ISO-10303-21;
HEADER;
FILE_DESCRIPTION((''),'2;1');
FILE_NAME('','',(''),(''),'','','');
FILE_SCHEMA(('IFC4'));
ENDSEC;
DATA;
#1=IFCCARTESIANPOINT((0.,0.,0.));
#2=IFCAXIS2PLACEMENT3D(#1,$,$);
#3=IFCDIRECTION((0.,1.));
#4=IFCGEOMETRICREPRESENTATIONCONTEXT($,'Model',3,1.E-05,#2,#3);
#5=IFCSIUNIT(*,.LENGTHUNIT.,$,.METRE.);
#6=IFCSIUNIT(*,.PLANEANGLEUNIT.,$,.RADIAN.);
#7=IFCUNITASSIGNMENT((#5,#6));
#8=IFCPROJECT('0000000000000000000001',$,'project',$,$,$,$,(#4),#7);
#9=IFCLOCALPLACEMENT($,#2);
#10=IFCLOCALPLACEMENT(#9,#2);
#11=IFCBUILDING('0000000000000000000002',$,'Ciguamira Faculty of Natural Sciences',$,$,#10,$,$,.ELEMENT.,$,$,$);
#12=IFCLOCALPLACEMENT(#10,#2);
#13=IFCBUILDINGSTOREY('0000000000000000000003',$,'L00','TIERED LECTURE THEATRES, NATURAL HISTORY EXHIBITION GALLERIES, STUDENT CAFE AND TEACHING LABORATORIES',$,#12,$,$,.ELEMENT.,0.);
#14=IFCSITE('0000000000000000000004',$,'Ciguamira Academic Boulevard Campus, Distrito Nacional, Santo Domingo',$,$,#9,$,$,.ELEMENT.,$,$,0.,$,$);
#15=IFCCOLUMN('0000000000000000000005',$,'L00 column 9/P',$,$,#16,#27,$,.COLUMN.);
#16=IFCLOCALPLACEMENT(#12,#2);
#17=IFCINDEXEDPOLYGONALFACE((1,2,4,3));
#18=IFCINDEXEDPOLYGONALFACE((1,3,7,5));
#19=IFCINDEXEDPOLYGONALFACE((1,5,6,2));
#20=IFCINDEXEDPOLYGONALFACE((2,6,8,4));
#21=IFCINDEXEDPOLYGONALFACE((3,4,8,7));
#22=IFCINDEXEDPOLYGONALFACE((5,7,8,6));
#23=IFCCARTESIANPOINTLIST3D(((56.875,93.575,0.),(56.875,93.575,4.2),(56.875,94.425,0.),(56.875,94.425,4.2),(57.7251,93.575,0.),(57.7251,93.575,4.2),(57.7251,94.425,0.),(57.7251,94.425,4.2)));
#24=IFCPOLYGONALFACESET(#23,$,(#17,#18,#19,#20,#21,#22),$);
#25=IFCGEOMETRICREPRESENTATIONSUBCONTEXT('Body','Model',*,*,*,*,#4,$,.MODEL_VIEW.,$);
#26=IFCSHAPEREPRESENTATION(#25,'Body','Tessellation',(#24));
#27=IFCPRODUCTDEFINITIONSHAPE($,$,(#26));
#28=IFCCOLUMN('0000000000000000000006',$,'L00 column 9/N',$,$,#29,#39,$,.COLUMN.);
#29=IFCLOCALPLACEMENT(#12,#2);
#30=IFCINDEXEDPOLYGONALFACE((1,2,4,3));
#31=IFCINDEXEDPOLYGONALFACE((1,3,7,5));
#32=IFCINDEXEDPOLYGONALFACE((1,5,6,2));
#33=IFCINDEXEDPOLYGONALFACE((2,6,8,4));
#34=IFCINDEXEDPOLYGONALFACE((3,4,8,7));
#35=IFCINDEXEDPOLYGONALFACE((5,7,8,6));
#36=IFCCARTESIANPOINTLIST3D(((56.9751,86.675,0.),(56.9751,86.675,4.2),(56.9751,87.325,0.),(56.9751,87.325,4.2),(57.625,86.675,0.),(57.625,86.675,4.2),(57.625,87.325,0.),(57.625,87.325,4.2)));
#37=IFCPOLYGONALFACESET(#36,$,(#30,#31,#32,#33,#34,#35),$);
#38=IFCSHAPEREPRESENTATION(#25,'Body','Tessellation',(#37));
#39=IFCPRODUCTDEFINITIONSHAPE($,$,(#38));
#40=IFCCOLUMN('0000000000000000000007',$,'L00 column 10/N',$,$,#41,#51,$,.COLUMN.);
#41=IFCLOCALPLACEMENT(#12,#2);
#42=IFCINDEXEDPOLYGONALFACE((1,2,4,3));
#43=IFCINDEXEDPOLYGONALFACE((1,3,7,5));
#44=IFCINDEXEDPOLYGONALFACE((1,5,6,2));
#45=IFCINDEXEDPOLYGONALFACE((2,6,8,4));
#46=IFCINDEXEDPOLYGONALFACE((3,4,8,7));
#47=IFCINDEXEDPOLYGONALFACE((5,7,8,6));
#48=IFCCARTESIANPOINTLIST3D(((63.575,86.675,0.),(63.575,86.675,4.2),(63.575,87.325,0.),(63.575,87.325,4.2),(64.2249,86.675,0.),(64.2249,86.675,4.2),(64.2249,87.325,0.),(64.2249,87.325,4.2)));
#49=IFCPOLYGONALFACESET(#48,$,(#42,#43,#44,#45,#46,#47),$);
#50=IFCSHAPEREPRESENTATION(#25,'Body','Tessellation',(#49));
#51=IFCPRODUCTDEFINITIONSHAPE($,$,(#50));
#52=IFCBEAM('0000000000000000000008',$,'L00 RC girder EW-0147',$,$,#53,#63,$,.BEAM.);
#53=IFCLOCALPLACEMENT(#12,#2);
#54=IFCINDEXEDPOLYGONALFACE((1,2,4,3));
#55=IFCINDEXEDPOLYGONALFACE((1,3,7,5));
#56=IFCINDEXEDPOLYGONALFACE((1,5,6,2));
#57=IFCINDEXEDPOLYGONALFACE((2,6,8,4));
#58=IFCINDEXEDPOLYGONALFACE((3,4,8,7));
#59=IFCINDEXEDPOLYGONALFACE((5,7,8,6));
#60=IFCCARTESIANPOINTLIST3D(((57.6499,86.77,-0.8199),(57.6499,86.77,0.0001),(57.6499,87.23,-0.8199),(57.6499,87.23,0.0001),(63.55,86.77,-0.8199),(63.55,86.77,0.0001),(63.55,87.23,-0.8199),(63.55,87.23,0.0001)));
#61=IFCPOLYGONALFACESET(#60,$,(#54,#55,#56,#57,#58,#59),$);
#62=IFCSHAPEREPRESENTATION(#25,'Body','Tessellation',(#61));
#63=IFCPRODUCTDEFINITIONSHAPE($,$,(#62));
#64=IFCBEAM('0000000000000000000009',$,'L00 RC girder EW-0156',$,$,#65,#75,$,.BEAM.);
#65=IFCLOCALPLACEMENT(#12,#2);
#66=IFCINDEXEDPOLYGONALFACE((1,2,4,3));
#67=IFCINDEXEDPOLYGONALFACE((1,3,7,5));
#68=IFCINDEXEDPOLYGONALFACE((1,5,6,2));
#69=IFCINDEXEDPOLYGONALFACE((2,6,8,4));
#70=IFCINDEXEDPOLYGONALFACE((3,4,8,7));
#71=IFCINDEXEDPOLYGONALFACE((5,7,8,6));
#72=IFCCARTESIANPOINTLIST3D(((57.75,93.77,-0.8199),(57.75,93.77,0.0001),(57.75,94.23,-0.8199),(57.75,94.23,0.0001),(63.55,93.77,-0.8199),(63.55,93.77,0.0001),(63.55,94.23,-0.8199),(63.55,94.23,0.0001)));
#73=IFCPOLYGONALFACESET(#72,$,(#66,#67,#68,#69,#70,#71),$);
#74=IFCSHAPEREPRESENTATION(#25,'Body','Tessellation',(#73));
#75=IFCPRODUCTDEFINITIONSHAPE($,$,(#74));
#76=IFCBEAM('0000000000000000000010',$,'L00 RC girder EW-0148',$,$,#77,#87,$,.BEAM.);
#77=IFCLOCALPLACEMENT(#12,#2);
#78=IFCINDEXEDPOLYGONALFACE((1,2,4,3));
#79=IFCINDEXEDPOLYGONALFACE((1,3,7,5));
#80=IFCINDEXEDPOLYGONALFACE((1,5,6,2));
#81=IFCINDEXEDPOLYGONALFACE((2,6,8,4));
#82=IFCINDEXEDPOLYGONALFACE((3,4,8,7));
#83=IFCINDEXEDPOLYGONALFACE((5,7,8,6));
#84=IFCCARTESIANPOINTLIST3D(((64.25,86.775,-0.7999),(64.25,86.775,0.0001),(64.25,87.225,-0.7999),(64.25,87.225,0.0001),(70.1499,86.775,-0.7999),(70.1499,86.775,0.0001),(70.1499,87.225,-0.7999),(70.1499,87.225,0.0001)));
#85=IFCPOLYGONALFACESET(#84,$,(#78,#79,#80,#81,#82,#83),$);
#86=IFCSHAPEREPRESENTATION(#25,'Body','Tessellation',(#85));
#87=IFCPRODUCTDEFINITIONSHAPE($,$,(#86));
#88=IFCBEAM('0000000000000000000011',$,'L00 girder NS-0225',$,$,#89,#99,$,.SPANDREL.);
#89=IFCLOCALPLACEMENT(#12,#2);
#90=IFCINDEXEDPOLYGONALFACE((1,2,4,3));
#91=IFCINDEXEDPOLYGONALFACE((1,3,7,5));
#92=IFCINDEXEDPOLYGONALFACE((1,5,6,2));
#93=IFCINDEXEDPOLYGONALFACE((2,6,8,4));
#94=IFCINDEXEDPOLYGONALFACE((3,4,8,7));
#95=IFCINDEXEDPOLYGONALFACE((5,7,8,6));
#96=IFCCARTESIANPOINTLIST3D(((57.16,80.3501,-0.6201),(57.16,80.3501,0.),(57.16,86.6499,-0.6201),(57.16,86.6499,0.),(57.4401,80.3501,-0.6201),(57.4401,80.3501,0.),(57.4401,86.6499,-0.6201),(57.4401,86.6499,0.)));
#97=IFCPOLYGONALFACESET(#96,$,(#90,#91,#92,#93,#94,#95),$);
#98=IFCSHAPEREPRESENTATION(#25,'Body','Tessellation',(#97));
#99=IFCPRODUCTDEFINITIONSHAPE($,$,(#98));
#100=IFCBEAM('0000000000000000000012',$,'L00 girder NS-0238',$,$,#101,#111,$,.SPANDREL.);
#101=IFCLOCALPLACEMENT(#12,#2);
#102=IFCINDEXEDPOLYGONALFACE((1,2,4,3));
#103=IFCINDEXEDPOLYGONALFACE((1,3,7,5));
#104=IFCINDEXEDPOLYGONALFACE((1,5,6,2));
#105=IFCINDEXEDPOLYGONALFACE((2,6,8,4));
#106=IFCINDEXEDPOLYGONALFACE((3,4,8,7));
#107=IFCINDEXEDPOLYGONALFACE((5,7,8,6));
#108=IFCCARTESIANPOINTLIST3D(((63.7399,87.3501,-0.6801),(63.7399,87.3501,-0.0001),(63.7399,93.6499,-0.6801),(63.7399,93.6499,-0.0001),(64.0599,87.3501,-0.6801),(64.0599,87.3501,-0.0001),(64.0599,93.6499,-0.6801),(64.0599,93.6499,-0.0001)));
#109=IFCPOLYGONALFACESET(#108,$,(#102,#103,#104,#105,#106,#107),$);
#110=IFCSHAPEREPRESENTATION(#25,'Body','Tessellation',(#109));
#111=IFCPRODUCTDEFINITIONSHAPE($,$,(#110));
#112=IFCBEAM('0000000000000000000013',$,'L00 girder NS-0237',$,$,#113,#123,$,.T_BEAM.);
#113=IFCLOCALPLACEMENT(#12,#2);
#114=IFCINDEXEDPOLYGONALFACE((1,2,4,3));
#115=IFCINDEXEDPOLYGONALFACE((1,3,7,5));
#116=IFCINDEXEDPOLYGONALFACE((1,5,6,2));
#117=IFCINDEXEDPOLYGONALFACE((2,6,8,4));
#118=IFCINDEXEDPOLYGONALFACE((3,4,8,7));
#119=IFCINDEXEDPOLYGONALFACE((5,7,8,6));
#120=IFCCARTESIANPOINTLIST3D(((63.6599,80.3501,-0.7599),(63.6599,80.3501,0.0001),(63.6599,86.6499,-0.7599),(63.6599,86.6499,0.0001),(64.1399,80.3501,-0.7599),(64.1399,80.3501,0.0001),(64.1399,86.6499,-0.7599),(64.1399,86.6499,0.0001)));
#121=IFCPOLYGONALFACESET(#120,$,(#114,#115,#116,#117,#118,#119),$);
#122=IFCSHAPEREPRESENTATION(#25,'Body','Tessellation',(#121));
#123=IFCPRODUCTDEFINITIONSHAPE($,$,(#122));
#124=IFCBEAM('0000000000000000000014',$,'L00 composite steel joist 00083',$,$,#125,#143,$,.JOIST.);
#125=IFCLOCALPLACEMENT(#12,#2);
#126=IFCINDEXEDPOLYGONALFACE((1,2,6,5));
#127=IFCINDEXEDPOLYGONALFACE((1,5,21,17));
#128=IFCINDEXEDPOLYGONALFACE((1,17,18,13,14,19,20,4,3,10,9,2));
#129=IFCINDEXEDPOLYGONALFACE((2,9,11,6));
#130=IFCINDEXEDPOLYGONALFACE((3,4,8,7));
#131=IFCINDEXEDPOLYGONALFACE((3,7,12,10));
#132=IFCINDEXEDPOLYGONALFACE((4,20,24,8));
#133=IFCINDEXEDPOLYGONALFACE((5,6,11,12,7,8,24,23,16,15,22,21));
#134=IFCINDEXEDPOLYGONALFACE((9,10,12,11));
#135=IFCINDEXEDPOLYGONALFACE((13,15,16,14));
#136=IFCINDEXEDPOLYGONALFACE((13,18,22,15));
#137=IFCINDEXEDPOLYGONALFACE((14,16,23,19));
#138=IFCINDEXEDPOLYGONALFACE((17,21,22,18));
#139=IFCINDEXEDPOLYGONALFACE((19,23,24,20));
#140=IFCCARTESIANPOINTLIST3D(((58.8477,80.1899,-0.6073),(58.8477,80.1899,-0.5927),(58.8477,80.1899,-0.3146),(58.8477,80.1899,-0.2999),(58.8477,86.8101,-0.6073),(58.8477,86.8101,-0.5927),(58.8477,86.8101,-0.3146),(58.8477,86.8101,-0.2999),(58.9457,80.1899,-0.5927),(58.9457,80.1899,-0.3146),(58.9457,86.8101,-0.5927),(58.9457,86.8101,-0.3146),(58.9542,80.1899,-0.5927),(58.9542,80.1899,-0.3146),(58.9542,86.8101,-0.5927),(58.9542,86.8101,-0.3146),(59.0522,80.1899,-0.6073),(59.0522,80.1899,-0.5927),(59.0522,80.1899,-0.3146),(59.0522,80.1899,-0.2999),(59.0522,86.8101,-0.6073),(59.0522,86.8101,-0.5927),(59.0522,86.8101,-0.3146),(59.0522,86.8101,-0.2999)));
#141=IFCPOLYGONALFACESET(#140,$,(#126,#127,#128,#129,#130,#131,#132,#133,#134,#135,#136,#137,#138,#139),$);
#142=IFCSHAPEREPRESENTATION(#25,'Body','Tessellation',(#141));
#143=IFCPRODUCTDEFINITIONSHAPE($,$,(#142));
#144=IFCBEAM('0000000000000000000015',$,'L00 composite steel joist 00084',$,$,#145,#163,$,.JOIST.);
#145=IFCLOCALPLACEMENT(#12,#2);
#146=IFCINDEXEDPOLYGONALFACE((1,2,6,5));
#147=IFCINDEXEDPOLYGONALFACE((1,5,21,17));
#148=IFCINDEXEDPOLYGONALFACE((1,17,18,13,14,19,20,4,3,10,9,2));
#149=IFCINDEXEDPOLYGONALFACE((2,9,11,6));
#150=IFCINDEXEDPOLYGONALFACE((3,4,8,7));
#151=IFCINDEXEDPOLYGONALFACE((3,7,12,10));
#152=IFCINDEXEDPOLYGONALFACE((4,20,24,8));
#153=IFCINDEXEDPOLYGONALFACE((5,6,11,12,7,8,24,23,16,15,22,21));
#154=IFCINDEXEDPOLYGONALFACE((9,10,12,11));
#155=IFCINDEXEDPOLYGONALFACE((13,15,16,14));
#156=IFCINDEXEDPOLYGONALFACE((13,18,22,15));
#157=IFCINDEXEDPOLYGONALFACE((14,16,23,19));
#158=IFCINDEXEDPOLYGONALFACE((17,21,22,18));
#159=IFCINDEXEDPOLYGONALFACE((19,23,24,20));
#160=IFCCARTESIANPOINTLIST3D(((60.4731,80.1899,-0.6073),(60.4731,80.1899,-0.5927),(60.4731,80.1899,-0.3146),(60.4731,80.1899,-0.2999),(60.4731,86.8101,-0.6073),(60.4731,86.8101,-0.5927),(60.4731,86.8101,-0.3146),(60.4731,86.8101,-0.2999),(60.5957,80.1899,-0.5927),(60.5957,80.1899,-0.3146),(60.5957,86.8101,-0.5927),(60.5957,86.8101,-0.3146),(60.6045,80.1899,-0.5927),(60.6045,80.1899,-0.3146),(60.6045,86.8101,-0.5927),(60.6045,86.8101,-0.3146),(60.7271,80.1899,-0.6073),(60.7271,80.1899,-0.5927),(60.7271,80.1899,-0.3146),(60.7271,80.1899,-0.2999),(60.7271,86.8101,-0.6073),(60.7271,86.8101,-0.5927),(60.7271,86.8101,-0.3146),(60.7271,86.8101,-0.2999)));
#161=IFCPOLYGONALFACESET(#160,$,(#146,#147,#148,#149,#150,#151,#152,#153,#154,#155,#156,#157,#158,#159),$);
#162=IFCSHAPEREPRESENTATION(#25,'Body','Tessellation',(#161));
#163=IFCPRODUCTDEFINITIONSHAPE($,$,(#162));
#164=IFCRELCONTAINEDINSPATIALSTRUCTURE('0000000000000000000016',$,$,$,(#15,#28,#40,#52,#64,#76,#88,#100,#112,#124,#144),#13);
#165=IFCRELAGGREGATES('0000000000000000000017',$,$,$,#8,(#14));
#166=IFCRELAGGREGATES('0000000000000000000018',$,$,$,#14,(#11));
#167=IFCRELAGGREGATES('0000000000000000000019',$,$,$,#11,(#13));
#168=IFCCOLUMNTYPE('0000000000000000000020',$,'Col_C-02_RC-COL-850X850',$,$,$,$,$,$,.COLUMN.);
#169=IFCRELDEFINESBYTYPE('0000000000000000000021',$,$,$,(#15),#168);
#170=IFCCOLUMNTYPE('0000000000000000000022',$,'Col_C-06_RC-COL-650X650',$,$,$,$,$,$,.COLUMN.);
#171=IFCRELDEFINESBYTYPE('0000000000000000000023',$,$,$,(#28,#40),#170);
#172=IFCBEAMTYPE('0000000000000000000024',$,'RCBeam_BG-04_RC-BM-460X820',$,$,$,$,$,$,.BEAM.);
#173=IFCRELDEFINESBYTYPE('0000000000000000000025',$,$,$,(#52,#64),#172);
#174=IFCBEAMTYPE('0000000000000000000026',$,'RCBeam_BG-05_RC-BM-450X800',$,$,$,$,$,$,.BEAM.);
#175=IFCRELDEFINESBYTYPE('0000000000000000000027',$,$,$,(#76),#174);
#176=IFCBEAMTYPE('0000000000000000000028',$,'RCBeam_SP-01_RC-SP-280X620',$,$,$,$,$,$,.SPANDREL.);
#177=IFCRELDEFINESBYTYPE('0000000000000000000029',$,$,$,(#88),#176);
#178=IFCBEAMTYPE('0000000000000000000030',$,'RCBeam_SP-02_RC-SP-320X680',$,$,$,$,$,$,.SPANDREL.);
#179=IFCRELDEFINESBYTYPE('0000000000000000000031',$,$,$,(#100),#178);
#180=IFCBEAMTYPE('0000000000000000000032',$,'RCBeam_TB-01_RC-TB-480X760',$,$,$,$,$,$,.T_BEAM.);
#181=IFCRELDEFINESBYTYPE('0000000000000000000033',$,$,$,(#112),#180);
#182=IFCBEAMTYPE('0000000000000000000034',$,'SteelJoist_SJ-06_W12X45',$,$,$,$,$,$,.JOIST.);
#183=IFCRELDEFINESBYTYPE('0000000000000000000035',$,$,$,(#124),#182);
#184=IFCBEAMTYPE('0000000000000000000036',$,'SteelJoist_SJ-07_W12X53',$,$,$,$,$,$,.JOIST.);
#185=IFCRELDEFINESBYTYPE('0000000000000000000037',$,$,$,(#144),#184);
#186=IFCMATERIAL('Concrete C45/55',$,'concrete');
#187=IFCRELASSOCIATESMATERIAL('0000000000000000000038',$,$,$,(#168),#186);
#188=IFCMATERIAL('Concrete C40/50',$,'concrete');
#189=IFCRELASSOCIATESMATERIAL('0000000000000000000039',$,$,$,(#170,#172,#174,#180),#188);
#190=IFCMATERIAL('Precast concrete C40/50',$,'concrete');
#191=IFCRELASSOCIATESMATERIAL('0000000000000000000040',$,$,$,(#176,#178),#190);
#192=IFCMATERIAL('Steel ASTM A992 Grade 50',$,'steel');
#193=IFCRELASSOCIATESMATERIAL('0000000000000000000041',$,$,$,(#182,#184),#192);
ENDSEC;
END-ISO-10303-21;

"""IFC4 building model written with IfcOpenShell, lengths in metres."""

from ifc_helpers import new_model, si_unit, direction, frame, origin, origin_2d, place, context, subcontext, project, spatial, rectangle, i_section, extrude, material, material_profile, profile_set, type_object, element, save


model = new_model("IFC4")

# Units and contexts
model_context = context("Model", 3, precision=1e-05, world=origin(), true_north=direction((0.0, 1.0)))
body_context = subcontext(model_context, "Body", "Model", "MODEL_VIEW")
ifc_project = project(units=[si_unit("LENGTHUNIT", "METRE"), si_unit("PLANEANGLEUNIT", "RADIAN")], contexts=[model_context])

# Site, building, storey
site_placement = place(None, origin())
site = spatial("IfcSite", under=ifc_project, at=site_placement, Name="Ciguamira Academic Boulevard Campus, Distrito Nacional, Santo Domingo", CompositionType="ELEMENT", RefElevation=0.0)
building_placement = place(site_placement, origin())
building = spatial("IfcBuilding", under=site, at=building_placement, Name="Ciguamira Faculty of Natural Sciences", CompositionType="ELEMENT")
storey_placement = place(building_placement, origin())
storey = spatial("IfcBuildingStorey", under=building, at=storey_placement, Name="L00", Description="TIERED LECTURE THEATRES, NATURAL HISTORY EXHIBITION GALLERIES, STUDENT CAFE AND TEACHING LABORATORIES", CompositionType="ELEMENT", Elevation=0.0)

# Columns
ifc_material_1 = material(Name="Concrete C45/55", Category="concrete")
ifc_material_profile_1 = material_profile(ifc_material_1, rectangle(XDim=0.8501, YDim=0.8501, at=origin_2d()), Name="RC-COL-850X850")
ifc_profile_set_1 = profile_set([ifc_material_profile_1], Name="Concrete C45/55")
column_type_1 = type_object("IfcColumnType", Name="Col_C-02_RC-COL-850X850", PredefinedType="COLUMN", material=ifc_profile_set_1)
column_placement = place(storey_placement, frame((57.3, 94.0, 0.0), z_axis=(0.0, 0.0, 1.0), x_axis=(1.0, 0.0, 0.0)))
element("IfcColumn", 1, at=column_placement, inside=storey, type_object=column_type_1, Name="L00 column 9/P", PredefinedType="COLUMN", context=body_context, shape_type="SweptSolid", body=[
    extrude(rectangle(XDim=0.8501, YDim=0.8501, at=origin_2d()), origin(), (0.0, 0.0, 1.0), 4.2),
])
ifc_material_2 = material(Name="Concrete C40/50", Category="concrete")
ifc_material_profile_2 = material_profile(ifc_material_2, rectangle(XDim=0.6499, YDim=0.6499, at=origin_2d()), Name="RC-COL-650X650")
ifc_profile_set_2 = profile_set([ifc_material_profile_2], Name="Concrete C40/50")
column_type_2 = type_object("IfcColumnType", Name="Col_C-06_RC-COL-650X650", PredefinedType="COLUMN", material=ifc_profile_set_2)
for number, where, z_axis, x_axis, name in (
    (2, (57.3, 87.0, 0.0), (0.0, 0.0, 1.0), (1.0, 0.0, 0.0), "L00 column 9/N"),
    (3, (63.8999, 87.0, 0.0), (0.0, 0.0, 1.0), (1.0, 0.0, 0.0), "L00 column 10/N"),
):
    element("IfcColumn", number, at=place(storey_placement, frame(where, z_axis=z_axis, x_axis=x_axis)), inside=storey, type_object=column_type_2, Name=name, PredefinedType="COLUMN", context=body_context, shape_type="SweptSolid", body=[
        extrude(rectangle(XDim=0.6499, YDim=0.6499, at=origin_2d()), origin(), (0.0, 0.0, 1.0), 4.2),
    ])

# Beams
ifc_material_profile_3 = material_profile(ifc_material_2, rectangle(XDim=0.46, YDim=0.8201, at=origin_2d()), Name="RC-BM-460X820")
ifc_profile_set_3 = profile_set([ifc_material_profile_3], Name="Concrete C40/50")
beam_type_1 = type_object("IfcBeamType", Name="RCBeam_BG-04_RC-BM-460X820", PredefinedType="BEAM", material=ifc_profile_set_3)
beam_1_placement = place(storey_placement, frame((57.6499, 87.0, -0.4099), z_axis=(1.0, 0.0, 0.0), x_axis=(0.0, 1.0, 0.0)))
element("IfcBeam", 4, at=beam_1_placement, inside=storey, type_object=beam_type_1, Name="L00 RC girder EW-0147", PredefinedType="BEAM", context=body_context, shape_type="SweptSolid", body=[
    extrude(rectangle(XDim=0.46, YDim=0.8201, at=origin_2d()), origin(), (0.0, 0.0, 1.0), 5.9001),
])
beam_2_placement = place(storey_placement, frame((57.75, 94.0, -0.4099), z_axis=(1.0, 0.0, 0.0), x_axis=(0.0, 1.0, 0.0)))
element("IfcBeam", 5, at=beam_2_placement, inside=storey, type_object=beam_type_1, Name="L00 RC girder EW-0156", PredefinedType="BEAM", context=body_context, shape_type="SweptSolid", body=[
    extrude(rectangle(XDim=0.46, YDim=0.8201, at=origin_2d()), origin(), (0.0, 0.0, 1.0), 5.8),
])
ifc_material_profile_4 = material_profile(ifc_material_2, rectangle(XDim=0.45, YDim=0.8, at=origin_2d()), Name="RC-BM-450X800")
ifc_profile_set_4 = profile_set([ifc_material_profile_4], Name="Concrete C40/50")
beam_type_2 = type_object("IfcBeamType", Name="RCBeam_BG-05_RC-BM-450X800", PredefinedType="BEAM", material=ifc_profile_set_4)
beam_3_placement = place(storey_placement, frame((64.25, 87.0, -0.3999), z_axis=(1.0, 0.0, 0.0), x_axis=(0.0, 1.0, 0.0)))
element("IfcBeam", 6, at=beam_3_placement, inside=storey, type_object=beam_type_2, Name="L00 RC girder EW-0148", PredefinedType="BEAM", context=body_context, shape_type="SweptSolid", body=[
    extrude(rectangle(XDim=0.45, YDim=0.8, at=origin_2d()), origin(), (0.0, 0.0, 1.0), 5.8999),
])
ifc_material_3 = material(Name="Precast concrete C40/50", Category="concrete")
ifc_material_profile_5 = material_profile(ifc_material_3, rectangle(XDim=0.28, YDim=0.6201, at=origin_2d()), Name="RC-SP-280X620")
ifc_profile_set_5 = profile_set([ifc_material_profile_5], Name="Precast concrete C40/50")
beam_type_3 = type_object("IfcBeamType", Name="RCBeam_SP-01_RC-SP-280X620", PredefinedType="SPANDREL", material=ifc_profile_set_5)
beam_4_placement = place(storey_placement, frame((57.3, 80.3501, -0.3101), z_axis=(0.0, 1.0, 0.0), x_axis=(-1.0, 0.0, 0.0)))
element("IfcBeam", 7, at=beam_4_placement, inside=storey, type_object=beam_type_3, Name="L00 girder NS-0225", PredefinedType="SPANDREL", context=body_context, shape_type="SweptSolid", body=[
    extrude(rectangle(XDim=0.28, YDim=0.6201, at=origin_2d()), origin(), (0.0, 0.0, 1.0), 6.2998),
])
ifc_material_profile_6 = material_profile(ifc_material_3, rectangle(XDim=0.3201, YDim=0.6799, at=origin_2d()), Name="RC-SP-320X680")
ifc_profile_set_6 = profile_set([ifc_material_profile_6], Name="Precast concrete C40/50")
beam_type_4 = type_object("IfcBeamType", Name="RCBeam_SP-02_RC-SP-320X680", PredefinedType="SPANDREL", material=ifc_profile_set_6)
beam_5_placement = place(storey_placement, frame((63.8999, 87.3501, -0.3401), z_axis=(0.0, 1.0, 0.0), x_axis=(-1.0, 0.0, 0.0)))
element("IfcBeam", 8, at=beam_5_placement, inside=storey, type_object=beam_type_4, Name="L00 girder NS-0238", PredefinedType="SPANDREL", context=body_context, shape_type="SweptSolid", body=[
    extrude(rectangle(XDim=0.3201, YDim=0.6799, at=origin_2d()), origin(), (0.0, 0.0, 1.0), 6.2998),
])
ifc_material_profile_7 = material_profile(ifc_material_2, rectangle(XDim=0.48, YDim=0.76, at=origin_2d()), Name="RC-TB-480X760")
ifc_profile_set_7 = profile_set([ifc_material_profile_7], Name="Concrete C40/50")
beam_type_5 = type_object("IfcBeamType", Name="RCBeam_TB-01_RC-TB-480X760", PredefinedType="T_BEAM", material=ifc_profile_set_7)
beam_6_placement = place(storey_placement, frame((63.8999, 80.3501, -0.3799), z_axis=(0.0, 1.0, 0.0), x_axis=(-1.0, 0.0, 0.0)))
element("IfcBeam", 9, at=beam_6_placement, inside=storey, type_object=beam_type_5, Name="L00 girder NS-0237", PredefinedType="T_BEAM", context=body_context, shape_type="SweptSolid", body=[
    extrude(rectangle(XDim=0.48, YDim=0.76, at=origin_2d()), origin(), (0.0, 0.0, 1.0), 6.2998),
])
ifc_material_4 = material(Name="Steel ASTM A992 Grade 50", Category="steel")
ifc_material_profile_8 = material_profile(ifc_material_4, i_section(OverallWidth=0.2046, OverallDepth=0.3074, WebThickness=0.0085, FlangeThickness=0.0146, at=origin_2d()), Name="W12X45")
ifc_profile_set_8 = profile_set([ifc_material_profile_8], Name="Steel ASTM A992 Grade 50")
beam_type_6 = type_object("IfcBeamType", Name="SteelJoist_SJ-06_W12X45", PredefinedType="JOIST", material=ifc_profile_set_8)
beam_7_placement = place(storey_placement, frame((58.95, 80.1899, -0.4536), z_axis=(0.0, 1.0, 0.0), x_axis=(-1.0, 0.0, 0.0)))
element("IfcBeam", 10, at=beam_7_placement, inside=storey, type_object=beam_type_6, Name="L00 composite steel joist 00083", PredefinedType="JOIST", context=body_context, shape_type="SweptSolid", body=[
    extrude(i_section(OverallWidth=0.2046, OverallDepth=0.3074, WebThickness=0.0085, FlangeThickness=0.0146, at=origin_2d()), origin(), (0.0, 0.0, 1.0), 6.6201),
])
ifc_material_profile_9 = material_profile(ifc_material_4, i_section(OverallWidth=0.2539, OverallDepth=0.3074, WebThickness=0.0088, FlangeThickness=0.0146, at=origin_2d()), Name="W12X53")
ifc_profile_set_9 = profile_set([ifc_material_profile_9], Name="Steel ASTM A992 Grade 50")
beam_type_7 = type_object("IfcBeamType", Name="SteelJoist_SJ-07_W12X53", PredefinedType="JOIST", material=ifc_profile_set_9)
beam_8_placement = place(storey_placement, frame((60.6001, 80.1899, -0.4536), z_axis=(0.0, 1.0, 0.0), x_axis=(-1.0, 0.0, 0.0)))
element("IfcBeam", 11, at=beam_8_placement, inside=storey, type_object=beam_type_7, Name="L00 composite steel joist 00084", PredefinedType="JOIST", context=body_context, shape_type="SweptSolid", body=[
    extrude(i_section(OverallWidth=0.2539, OverallDepth=0.3074, WebThickness=0.0088, FlangeThickness=0.0146, at=origin_2d()), origin(), (0.0, 0.0, 1.0), 6.6201),
])

save(model, "model.ifc")
